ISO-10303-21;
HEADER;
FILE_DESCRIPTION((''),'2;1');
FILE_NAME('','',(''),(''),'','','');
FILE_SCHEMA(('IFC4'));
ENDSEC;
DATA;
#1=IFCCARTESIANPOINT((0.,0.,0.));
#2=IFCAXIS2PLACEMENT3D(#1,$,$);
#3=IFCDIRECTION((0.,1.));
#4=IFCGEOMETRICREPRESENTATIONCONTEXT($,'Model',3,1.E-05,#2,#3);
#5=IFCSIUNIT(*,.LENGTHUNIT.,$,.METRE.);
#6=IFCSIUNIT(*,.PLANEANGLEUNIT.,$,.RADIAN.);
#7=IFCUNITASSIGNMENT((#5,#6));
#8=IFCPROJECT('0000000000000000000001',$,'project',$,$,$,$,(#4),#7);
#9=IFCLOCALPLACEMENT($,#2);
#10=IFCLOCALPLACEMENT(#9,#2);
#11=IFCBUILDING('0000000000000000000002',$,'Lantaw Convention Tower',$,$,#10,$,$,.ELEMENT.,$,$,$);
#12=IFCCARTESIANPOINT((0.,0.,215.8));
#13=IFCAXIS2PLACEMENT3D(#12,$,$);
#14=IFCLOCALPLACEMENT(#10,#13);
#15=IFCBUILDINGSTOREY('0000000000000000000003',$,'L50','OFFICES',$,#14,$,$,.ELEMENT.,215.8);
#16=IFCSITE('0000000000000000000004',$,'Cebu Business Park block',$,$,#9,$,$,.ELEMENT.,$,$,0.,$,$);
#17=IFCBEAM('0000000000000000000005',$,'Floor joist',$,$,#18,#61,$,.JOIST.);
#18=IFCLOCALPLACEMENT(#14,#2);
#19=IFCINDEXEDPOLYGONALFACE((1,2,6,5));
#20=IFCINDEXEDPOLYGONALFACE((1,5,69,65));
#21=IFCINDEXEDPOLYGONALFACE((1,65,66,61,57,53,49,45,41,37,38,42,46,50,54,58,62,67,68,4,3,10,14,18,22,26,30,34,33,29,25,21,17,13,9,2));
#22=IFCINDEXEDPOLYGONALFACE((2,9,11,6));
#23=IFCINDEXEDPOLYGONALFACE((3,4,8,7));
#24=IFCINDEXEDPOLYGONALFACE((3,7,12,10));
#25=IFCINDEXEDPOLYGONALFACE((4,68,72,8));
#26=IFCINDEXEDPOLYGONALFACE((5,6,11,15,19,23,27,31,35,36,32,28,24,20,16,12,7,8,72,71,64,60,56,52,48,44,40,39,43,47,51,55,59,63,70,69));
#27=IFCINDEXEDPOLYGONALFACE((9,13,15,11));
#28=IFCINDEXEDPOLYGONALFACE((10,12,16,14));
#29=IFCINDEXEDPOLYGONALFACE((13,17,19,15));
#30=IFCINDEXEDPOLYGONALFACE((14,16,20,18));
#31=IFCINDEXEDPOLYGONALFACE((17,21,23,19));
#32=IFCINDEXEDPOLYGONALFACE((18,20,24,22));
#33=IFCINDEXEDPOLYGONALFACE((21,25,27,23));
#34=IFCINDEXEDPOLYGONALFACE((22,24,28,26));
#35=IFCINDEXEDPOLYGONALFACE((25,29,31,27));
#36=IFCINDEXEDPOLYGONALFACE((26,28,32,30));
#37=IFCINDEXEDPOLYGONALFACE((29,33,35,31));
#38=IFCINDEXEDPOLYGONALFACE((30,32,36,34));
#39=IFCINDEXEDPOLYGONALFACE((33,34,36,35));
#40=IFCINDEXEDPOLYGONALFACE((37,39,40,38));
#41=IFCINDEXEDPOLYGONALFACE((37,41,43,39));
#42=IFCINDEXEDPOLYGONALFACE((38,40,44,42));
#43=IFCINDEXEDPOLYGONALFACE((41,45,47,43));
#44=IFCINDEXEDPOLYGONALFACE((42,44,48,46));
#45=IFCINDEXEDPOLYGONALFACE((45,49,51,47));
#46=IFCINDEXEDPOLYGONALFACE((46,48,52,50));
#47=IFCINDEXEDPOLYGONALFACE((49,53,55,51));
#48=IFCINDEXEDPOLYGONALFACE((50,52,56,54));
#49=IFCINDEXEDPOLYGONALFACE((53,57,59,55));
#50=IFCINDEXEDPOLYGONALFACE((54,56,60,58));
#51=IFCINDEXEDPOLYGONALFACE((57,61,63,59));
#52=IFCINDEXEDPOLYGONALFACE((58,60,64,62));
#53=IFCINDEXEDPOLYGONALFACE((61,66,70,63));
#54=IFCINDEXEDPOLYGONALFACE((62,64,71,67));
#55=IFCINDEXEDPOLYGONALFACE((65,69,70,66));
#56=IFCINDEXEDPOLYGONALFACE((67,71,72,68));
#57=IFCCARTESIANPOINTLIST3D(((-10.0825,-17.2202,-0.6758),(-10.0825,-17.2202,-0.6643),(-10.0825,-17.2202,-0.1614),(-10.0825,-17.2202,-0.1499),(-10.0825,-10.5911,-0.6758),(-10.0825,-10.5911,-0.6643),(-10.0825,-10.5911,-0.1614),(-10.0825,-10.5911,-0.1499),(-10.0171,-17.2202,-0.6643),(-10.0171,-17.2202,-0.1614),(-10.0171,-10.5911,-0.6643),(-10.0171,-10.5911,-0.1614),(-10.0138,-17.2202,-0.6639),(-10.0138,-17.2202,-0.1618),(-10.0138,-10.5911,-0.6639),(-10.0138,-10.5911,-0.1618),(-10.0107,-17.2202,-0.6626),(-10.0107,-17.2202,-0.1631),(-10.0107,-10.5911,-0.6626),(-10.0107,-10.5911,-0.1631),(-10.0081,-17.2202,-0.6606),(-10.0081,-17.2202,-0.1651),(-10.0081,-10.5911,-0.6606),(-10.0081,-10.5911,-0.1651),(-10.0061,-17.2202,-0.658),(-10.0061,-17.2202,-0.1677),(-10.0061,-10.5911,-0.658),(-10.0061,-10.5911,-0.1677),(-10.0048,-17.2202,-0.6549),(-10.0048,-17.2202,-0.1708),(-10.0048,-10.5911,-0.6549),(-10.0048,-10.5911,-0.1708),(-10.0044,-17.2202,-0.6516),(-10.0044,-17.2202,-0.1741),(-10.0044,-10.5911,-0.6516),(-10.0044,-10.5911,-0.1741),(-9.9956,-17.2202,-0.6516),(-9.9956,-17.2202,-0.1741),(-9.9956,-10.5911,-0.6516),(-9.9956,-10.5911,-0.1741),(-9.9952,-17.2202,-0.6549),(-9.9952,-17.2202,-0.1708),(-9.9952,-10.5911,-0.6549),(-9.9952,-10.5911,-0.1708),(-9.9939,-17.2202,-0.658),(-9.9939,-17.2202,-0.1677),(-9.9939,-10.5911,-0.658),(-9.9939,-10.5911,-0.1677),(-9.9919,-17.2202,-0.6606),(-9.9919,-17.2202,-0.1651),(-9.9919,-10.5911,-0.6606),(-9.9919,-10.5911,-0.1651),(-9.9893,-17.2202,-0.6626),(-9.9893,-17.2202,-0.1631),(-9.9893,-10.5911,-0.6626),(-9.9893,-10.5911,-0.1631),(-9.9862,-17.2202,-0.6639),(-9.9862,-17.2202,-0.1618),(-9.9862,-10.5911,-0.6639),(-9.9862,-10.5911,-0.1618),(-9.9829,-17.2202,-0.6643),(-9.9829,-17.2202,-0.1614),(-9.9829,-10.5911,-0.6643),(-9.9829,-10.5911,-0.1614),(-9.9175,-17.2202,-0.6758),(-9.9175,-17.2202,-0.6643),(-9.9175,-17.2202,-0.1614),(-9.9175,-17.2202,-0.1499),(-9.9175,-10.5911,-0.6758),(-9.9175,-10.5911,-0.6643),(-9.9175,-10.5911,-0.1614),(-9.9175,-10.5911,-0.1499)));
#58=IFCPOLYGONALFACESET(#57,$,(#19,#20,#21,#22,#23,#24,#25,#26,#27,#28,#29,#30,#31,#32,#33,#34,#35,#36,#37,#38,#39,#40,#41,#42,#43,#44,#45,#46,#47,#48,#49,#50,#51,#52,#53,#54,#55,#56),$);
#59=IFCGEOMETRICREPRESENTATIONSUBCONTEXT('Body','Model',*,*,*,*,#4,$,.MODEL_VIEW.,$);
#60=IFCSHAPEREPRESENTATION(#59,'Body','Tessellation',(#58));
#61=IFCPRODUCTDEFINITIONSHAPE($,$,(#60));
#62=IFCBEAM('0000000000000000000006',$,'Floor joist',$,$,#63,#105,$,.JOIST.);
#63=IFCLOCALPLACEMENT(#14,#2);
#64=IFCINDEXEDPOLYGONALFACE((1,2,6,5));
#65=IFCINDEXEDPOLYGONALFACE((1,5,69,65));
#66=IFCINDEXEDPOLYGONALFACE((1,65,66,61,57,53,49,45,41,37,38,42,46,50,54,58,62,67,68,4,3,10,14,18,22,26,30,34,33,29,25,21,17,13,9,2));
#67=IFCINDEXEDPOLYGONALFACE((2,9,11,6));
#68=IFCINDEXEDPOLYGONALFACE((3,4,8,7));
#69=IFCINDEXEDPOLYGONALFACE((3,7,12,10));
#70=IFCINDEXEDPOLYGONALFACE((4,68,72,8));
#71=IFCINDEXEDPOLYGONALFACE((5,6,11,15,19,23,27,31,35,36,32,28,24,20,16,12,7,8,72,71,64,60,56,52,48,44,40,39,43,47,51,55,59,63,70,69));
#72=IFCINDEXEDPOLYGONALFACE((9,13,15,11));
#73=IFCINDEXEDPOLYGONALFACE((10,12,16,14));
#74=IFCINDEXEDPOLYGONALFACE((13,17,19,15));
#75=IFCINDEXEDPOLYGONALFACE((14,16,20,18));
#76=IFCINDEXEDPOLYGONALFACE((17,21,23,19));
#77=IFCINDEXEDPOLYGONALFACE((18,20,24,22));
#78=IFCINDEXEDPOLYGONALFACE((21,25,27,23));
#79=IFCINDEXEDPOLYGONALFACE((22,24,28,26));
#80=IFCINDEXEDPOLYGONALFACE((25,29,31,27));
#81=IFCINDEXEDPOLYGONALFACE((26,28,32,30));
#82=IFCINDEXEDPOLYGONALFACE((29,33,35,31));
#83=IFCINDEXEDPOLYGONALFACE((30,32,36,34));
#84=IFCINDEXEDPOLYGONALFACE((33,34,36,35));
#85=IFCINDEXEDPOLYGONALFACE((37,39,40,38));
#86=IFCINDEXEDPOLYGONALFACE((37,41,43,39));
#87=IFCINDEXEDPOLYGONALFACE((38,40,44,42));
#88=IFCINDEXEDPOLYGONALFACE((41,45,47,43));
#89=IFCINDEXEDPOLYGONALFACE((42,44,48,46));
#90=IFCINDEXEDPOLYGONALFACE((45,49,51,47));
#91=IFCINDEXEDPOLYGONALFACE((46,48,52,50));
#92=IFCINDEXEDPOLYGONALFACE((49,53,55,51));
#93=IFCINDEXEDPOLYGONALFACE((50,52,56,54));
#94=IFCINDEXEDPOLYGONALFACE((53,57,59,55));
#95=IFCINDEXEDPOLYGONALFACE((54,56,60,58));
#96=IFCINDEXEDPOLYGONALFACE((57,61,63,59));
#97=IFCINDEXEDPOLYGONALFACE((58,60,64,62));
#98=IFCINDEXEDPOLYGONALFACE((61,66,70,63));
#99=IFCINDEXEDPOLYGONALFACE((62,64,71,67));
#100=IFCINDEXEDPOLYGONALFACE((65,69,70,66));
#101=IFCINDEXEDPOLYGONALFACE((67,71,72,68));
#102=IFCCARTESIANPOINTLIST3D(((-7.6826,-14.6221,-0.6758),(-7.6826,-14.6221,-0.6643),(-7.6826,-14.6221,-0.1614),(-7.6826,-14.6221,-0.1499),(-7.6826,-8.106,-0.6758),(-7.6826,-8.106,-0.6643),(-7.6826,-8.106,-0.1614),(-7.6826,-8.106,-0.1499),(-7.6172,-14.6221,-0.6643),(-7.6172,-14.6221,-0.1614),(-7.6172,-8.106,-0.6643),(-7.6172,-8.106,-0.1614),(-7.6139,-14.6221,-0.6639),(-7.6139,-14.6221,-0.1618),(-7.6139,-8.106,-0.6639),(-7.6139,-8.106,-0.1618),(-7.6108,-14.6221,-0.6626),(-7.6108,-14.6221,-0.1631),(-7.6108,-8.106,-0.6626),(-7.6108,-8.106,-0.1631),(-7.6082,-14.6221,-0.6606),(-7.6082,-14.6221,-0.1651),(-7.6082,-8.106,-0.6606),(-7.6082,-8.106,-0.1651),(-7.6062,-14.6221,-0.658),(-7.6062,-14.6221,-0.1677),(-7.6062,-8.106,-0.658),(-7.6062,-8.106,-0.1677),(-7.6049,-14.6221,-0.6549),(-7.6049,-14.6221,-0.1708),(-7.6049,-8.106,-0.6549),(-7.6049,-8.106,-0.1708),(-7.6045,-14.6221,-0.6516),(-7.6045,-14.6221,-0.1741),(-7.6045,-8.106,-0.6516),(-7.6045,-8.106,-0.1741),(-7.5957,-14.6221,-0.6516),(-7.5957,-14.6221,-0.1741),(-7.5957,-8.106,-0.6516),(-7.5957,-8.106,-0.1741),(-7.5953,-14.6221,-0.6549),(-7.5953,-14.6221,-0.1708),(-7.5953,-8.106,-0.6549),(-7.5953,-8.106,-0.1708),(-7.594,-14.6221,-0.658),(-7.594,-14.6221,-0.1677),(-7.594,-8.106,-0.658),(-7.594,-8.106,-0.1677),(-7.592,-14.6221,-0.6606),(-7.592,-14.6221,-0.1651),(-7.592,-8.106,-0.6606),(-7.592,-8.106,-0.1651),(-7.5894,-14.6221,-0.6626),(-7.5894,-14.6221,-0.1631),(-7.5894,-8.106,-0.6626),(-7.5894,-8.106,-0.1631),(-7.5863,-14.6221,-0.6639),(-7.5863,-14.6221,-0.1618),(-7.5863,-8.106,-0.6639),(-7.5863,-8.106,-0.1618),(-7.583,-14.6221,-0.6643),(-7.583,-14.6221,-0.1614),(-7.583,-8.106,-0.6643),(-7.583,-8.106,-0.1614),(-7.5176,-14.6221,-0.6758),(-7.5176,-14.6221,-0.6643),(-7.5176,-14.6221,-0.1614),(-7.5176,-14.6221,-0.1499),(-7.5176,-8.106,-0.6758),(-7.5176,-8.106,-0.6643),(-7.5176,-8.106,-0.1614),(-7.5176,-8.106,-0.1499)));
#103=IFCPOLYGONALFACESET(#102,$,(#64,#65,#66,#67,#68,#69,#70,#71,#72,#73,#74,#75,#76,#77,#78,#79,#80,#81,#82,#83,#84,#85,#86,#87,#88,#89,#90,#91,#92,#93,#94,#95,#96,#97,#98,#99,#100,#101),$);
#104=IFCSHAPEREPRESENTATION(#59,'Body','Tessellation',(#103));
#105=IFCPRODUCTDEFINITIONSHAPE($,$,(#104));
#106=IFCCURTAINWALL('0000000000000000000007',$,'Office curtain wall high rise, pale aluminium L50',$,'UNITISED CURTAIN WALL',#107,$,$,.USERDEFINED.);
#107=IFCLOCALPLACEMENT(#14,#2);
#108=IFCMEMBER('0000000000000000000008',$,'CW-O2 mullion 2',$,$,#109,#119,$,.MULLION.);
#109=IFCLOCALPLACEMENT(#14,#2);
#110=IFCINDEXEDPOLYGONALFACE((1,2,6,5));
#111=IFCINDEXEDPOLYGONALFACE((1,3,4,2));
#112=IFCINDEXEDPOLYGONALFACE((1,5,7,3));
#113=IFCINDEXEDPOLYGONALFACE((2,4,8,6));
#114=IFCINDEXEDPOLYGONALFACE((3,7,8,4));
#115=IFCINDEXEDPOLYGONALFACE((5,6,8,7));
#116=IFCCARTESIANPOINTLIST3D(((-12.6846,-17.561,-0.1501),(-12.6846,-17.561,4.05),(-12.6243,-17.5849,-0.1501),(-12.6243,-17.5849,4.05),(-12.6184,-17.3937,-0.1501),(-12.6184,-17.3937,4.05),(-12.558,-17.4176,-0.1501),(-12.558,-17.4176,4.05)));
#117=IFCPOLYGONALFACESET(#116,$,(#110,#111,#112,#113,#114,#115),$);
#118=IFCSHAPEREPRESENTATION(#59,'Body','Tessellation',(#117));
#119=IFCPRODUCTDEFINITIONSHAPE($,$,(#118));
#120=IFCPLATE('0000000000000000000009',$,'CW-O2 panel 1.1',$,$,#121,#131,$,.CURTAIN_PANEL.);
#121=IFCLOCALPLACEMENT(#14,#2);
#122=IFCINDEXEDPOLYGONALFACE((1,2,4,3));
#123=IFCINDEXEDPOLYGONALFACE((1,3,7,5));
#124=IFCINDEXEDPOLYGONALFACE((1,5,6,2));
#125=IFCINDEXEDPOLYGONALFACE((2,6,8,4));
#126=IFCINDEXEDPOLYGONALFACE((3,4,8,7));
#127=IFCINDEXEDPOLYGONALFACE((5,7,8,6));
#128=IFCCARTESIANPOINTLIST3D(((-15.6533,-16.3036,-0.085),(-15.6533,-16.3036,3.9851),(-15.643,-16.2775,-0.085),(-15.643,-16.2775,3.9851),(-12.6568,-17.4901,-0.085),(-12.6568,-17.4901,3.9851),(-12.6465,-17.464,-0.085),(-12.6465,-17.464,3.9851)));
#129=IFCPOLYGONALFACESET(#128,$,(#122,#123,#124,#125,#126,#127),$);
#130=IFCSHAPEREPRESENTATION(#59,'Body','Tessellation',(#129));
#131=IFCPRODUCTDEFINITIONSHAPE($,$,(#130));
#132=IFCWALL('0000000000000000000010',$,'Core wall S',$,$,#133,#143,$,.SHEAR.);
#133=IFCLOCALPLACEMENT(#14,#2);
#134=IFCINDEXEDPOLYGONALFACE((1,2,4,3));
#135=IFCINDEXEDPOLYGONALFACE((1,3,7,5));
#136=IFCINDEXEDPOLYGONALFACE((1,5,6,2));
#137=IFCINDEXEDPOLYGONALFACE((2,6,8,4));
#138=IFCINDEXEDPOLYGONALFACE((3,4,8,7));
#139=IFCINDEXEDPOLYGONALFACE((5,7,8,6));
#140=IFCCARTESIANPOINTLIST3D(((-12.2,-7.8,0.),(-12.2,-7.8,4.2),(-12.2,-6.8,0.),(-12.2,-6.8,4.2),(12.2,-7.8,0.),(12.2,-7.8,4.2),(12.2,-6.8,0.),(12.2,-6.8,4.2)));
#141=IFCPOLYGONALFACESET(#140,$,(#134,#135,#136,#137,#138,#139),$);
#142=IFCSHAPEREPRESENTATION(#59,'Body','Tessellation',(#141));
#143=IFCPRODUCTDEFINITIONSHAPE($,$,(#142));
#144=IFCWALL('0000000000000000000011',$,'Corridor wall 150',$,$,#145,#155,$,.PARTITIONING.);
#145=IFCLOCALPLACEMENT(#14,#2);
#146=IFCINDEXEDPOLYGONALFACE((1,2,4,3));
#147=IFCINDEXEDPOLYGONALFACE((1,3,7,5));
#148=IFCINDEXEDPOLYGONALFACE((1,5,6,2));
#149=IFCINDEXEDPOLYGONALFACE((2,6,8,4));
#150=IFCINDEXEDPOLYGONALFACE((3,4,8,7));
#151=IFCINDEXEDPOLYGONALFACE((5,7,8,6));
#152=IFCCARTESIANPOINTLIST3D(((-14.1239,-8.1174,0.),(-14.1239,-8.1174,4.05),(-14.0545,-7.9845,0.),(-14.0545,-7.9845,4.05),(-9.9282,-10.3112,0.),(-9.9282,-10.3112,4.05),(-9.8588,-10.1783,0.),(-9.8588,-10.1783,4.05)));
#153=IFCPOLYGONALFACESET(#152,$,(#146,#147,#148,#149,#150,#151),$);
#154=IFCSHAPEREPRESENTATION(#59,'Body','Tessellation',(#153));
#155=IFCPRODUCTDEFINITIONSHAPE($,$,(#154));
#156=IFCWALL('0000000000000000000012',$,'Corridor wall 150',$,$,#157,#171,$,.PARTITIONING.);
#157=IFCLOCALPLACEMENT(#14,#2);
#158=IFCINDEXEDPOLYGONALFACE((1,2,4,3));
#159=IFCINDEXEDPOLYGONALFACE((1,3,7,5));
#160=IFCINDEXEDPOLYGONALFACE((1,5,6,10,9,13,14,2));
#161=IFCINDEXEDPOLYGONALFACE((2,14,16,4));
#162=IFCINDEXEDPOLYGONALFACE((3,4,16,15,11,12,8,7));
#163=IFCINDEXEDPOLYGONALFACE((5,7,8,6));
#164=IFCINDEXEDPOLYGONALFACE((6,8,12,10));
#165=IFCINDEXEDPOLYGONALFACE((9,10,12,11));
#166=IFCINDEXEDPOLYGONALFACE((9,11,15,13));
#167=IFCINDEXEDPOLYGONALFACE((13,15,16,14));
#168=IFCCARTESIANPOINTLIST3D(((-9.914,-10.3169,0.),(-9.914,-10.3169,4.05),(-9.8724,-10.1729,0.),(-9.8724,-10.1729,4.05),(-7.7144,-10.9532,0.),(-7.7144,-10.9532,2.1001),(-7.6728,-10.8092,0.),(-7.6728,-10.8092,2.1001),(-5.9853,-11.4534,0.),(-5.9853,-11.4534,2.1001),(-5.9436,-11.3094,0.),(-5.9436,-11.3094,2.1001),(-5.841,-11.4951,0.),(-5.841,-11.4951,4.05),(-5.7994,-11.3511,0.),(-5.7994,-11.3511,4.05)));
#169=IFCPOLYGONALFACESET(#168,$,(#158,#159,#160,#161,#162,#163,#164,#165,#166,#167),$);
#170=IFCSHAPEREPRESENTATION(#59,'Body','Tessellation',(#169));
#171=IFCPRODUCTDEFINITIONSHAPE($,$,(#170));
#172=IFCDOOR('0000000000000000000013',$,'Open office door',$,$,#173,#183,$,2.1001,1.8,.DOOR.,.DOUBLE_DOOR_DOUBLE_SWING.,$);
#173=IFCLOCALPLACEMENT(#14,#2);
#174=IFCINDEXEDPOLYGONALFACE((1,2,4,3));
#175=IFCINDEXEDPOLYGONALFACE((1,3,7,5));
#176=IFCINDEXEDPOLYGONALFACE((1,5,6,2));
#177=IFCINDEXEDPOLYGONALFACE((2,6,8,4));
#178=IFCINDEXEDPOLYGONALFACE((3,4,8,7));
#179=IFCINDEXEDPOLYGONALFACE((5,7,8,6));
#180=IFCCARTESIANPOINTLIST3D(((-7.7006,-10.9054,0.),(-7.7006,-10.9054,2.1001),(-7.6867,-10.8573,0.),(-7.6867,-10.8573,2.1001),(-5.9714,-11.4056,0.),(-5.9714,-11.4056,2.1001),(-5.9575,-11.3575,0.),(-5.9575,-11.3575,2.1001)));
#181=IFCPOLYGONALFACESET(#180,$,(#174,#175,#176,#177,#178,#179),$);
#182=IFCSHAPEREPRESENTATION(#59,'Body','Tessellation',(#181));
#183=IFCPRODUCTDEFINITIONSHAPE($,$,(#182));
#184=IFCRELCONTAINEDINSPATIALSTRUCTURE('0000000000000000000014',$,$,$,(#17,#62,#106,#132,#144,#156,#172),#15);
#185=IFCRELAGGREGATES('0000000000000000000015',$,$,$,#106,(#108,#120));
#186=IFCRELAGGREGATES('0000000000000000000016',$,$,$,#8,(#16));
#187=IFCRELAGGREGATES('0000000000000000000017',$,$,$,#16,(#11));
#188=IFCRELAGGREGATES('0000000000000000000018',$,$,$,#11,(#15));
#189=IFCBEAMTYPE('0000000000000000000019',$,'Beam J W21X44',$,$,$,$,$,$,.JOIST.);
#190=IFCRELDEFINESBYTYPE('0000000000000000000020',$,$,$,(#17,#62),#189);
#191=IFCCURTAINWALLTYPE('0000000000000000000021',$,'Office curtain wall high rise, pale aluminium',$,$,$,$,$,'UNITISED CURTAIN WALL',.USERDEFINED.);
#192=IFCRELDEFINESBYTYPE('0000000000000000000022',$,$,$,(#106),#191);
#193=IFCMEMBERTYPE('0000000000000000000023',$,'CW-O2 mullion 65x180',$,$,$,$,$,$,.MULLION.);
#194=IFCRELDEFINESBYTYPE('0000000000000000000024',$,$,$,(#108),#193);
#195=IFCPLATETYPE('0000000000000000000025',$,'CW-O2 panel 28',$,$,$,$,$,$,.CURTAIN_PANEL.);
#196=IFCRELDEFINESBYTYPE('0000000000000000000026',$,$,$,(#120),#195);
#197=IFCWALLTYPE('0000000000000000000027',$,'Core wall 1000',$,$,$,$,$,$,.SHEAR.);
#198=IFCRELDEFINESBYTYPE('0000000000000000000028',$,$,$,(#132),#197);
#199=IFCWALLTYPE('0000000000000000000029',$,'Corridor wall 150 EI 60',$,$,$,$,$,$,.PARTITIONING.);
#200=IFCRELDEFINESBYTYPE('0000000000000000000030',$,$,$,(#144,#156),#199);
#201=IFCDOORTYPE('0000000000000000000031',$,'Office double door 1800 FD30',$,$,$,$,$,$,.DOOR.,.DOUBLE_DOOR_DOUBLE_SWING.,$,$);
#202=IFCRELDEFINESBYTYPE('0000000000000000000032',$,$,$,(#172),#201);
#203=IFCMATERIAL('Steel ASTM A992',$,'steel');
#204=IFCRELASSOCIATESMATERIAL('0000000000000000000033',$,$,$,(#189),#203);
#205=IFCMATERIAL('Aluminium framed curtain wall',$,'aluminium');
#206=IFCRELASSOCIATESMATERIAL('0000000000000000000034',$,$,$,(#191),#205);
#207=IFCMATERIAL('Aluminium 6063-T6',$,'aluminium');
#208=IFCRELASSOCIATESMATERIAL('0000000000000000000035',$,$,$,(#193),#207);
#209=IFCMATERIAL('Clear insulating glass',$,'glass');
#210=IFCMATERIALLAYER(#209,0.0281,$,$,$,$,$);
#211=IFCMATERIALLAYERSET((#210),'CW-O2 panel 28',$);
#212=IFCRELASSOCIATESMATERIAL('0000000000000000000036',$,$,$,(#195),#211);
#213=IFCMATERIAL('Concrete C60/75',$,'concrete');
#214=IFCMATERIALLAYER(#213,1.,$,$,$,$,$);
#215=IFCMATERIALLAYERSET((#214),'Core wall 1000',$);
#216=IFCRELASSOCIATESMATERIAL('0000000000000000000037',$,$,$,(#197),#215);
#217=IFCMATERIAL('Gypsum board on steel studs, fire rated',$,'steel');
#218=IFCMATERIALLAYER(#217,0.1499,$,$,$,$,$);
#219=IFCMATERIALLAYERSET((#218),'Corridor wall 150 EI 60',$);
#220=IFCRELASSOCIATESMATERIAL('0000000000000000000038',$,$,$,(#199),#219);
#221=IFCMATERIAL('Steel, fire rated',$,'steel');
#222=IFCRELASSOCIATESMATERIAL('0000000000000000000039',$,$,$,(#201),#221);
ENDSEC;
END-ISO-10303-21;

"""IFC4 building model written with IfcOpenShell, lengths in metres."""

from ifc_helpers import new_model, si_unit, direction, frame, frame_2d, origin, origin_2d, place, context, subcontext, project, spatial, rectangle, i_section, extrude, material, layer, layer_set, material_profile, profile_set, type_object, element, fill, aggregate, save


model = new_model("IFC4")

# Units and contexts
model_context = context("Model", 3, precision=1e-05, world=origin(), true_north=direction((0.0, 1.0)))
body_context = subcontext(model_context, "Body", "Model", "MODEL_VIEW")
ifc_project = project(units=[si_unit("LENGTHUNIT", "METRE"), si_unit("PLANEANGLEUNIT", "RADIAN")], contexts=[model_context])

# Site, building, storey
site_placement = place(None, origin())
site = spatial("IfcSite", under=ifc_project, at=site_placement, Name="Cebu Business Park block", CompositionType="ELEMENT", RefElevation=0.0)
building_placement = place(site_placement, origin())
building = spatial("IfcBuilding", under=site, at=building_placement, Name="Lantaw Convention Tower", CompositionType="ELEMENT")
storey_placement = place(building_placement, frame((0.0, 0.0, 215.8)))
storey = spatial("IfcBuildingStorey", under=building, at=storey_placement, Name="L50", Description="OFFICES", CompositionType="ELEMENT", Elevation=215.8)

# Shared definitions
ifc_material_1 = material(Name="Concrete C60/75", Category="concrete")

# Beams
ifc_material_2 = material(Name="Steel ASTM A992", Category="steel")
ifc_material_profile_1 = material_profile(ifc_material_2, i_section(OverallWidth=0.165, OverallDepth=0.5259, WebThickness=0.0088, FlangeThickness=0.0115, FilletRadius=0.0127, at=origin_2d()), Name="W21X44")
ifc_profile_set_1 = profile_set([ifc_material_profile_1], Name="Steel ASTM A992")
beam_type_1 = type_object("IfcBeamType", Name="Beam J W21X44", PredefinedType="JOIST", material=ifc_profile_set_1)
beam_1_placement = place(storey_placement, frame((-10.0, -17.2202, -0.4128), z_axis=(0.0, 1.0, 0.0), x_axis=(-1.0, 0.0, 0.0)))
element("IfcBeam", 1, at=beam_1_placement, inside=storey, type_object=beam_type_1, Name="Floor joist", PredefinedType="JOIST", context=body_context, shape_type="SweptSolid", body=[
    extrude(i_section(OverallWidth=0.165, OverallDepth=0.5259, WebThickness=0.0088, FlangeThickness=0.0115, FilletRadius=0.0127, at=origin_2d()), origin(), (0.0, 0.0, 1.0), 6.6292),
])
beam_2_placement = place(storey_placement, frame((-7.6001, -14.6221, -0.4128), z_axis=(0.0, 1.0, 0.0), x_axis=(-1.0, 0.0, 0.0)))
element("IfcBeam", 2, at=beam_2_placement, inside=storey, type_object=beam_type_1, Name="Floor joist", PredefinedType="JOIST", context=body_context, shape_type="SweptSolid", body=[
    extrude(i_section(OverallWidth=0.165, OverallDepth=0.5259, WebThickness=0.0088, FlangeThickness=0.0115, FilletRadius=0.0127, at=origin_2d()), origin(), (0.0, 0.0, 1.0), 6.5161),
])

# Curtain wall, member, plate
ifc_material_3 = material(Name="Aluminium framed curtain wall", Category="aluminium")
curtain_wall_type = type_object("IfcCurtainWallType", Name="Office curtain wall high rise, pale aluminium", ElementType="UNITISED CURTAIN WALL", PredefinedType="USERDEFINED", material=ifc_material_3)
curtain_wall_placement = place(storey_placement, origin())
curtain_wall = element("IfcCurtainWall", 3, at=curtain_wall_placement, inside=storey, type_object=curtain_wall_type, Name="Office curtain wall high rise, pale aluminium L50", ObjectType="UNITISED CURTAIN WALL", PredefinedType="USERDEFINED")
ifc_material_4 = material(Name="Aluminium 6063-T6", Category="aluminium")
ifc_material_profile_2 = material_profile(ifc_material_4, rectangle(XDim=0.1799, YDim=0.0649, at=origin_2d()), Name="CW-O2 mullion 65x180")
ifc_profile_set_2 = profile_set([ifc_material_profile_2], Name="Aluminium 6063-T6")
member_type = type_object("IfcMemberType", Name="CW-O2 mullion 65x180", PredefinedType="MULLION", material=ifc_profile_set_2)
member_placement = place(storey_placement, frame((-12.6213, -17.4893, -0.1501), z_axis=(0.0, 0.0, 1.0), x_axis=(0.368162, 0.929762, 0.0)))
member = element("IfcMember", 4, at=member_placement, type_object=member_type, Name="CW-O2 mullion 2", PredefinedType="MULLION", context=body_context, shape_type="SweptSolid", body=[
    extrude(rectangle(XDim=0.1799, YDim=0.0649, at=origin_2d()), origin(), (0.0, 0.0, 1.0), 4.2002),
])
ifc_material_5 = material(Name="Clear insulating glass", Category="glass")
ifc_layer_1 = layer(ifc_material_5, 0.0281)
ifc_layer_set_1 = layer_set([ifc_layer_1], Name="CW-O2 panel 28")
plate_type = type_object("IfcPlateType", Name="CW-O2 panel 28", PredefinedType="CURTAIN_PANEL", material=ifc_layer_set_1)
plate_placement = place(storey_placement, frame((-14.1499, -16.8838, -0.085), z_axis=(0.0, 0.0, 1.0), x_axis=(0.929762, -0.368162, 0.0)))
plate = element("IfcPlate", 5, at=plate_placement, type_object=plate_type, Name="CW-O2 panel 1.1", PredefinedType="CURTAIN_PANEL", context=body_context, shape_type="SweptSolid", body=[
    extrude(rectangle(XDim=3.2229, YDim=0.0281, at=origin_2d()), origin(), (0.0, 0.0, 1.0), 4.0701),
])
aggregate(curtain_wall, [member, plate])

# Walls
ifc_layer_2 = layer(ifc_material_1, 1.0)
ifc_layer_set_2 = layer_set([ifc_layer_2], Name="Core wall 1000")
wall_type_1 = type_object("IfcWallType", Name="Core wall 1000", PredefinedType="SHEAR", material=ifc_layer_set_2)
wall_1_placement = place(storey_placement, frame((-12.2, -7.3, 0.0), z_axis=(0.0, 0.0, 1.0), x_axis=(1.0, 0.0, 0.0)))
element("IfcWall", 6, at=wall_1_placement, inside=storey, type_object=wall_type_1, Name="Core wall S", PredefinedType="SHEAR", context=body_context, shape_type="SweptSolid", body=[
    extrude(rectangle(XDim=24.3999, YDim=1.0, at=frame_2d((12.2, 0.0))), origin(), (0.0, 0.0, 1.0), 4.2),
])
ifc_material_6 = material(Name="Gypsum board on steel studs, fire rated", Category="steel")
ifc_layer_3 = layer(ifc_material_6, 0.1499)
ifc_layer_set_3 = layer_set([ifc_layer_3], Name="Corridor wall 150 EI 60")
wall_type_2 = type_object("IfcWallType", Name="Corridor wall 150 EI 60", PredefinedType="PARTITIONING", material=ifc_layer_set_3)
wall_2_placement = place(storey_placement, frame((-14.0891, -8.051, 0.0), z_axis=(0.0, 0.0, 1.0), x_axis=(0.886174, -0.463352, 0.0)))
element("IfcWall", 7, at=wall_2_placement, inside=storey, type_object=wall_type_2, Name="Corridor wall 150", PredefinedType="PARTITIONING", context=body_context, shape_type="SweptSolid", body=[
    extrude(rectangle(XDim=4.7346, YDim=0.1499, at=frame_2d((2.3672, 0.0))), origin(), (0.0, 0.0, 1.0), 4.05),
])

# Wall, opening, door
wall_3_placement = place(storey_placement, frame((-9.8933, -10.2449, 0.0), z_axis=(0.0, 0.0, 1.0), x_axis=(0.960615, -0.277883, 0.0)))
wall_3 = element("IfcWall", 8, at=wall_3_placement, inside=storey, type_object=wall_type_2, Name="Corridor wall 150", PredefinedType="PARTITIONING", context=body_context, shape_type="SweptSolid", body=[
    extrude(rectangle(XDim=4.24, YDim=0.1499, at=frame_2d((2.1201, 0.0))), origin(), (0.0, 0.0, 1.0), 4.05),
])
opening_placement = place(wall_3_placement, frame((2.29, 0.0, 0.0)))
opening = element("IfcOpeningElement", 9, at=opening_placement, cuts=wall_3, PredefinedType="OPENING", context=body_context, shape_type="SweptSolid", body=[
    extrude(rectangle(XDim=1.8, YDim=2.1001, at=frame_2d((0.8999, 1.05))), frame((0.0, 0.085, 0.0), z_axis=(0.0, -1.0, 0.0), x_axis=(1.0, 0.0, 0.0)), (0.0, 0.0, 1.0), 0.1699),
])
ifc_material_7 = material(Name="Steel, fire rated", Category="steel")
door_type = type_object("IfcDoorType", Name="Office double door 1800 FD30", OperationType="DOUBLE_DOOR_DOUBLE_SWING", PredefinedType="DOOR", material=ifc_material_7)
door_placement = place(opening_placement, origin())
door = element("IfcDoor", 10, at=door_placement, inside=storey, type_object=door_type, Name="Open office door", OperationType="DOUBLE_DOOR_DOUBLE_SWING", OverallHeight=2.1001, OverallWidth=1.8, PredefinedType="DOOR", context=body_context, shape_type="SweptSolid", body=[
    extrude(rectangle(XDim=1.8, YDim=2.1001, at=frame_2d((0.8999, 1.05))), frame((0.0, 0.0249, 0.0), z_axis=(0.0, -1.0, 0.0), x_axis=(1.0, 0.0, 0.0)), (0.0, 0.0, 1.0), 0.05),
])
fill(opening, door)

save(model, "model.ifc")
